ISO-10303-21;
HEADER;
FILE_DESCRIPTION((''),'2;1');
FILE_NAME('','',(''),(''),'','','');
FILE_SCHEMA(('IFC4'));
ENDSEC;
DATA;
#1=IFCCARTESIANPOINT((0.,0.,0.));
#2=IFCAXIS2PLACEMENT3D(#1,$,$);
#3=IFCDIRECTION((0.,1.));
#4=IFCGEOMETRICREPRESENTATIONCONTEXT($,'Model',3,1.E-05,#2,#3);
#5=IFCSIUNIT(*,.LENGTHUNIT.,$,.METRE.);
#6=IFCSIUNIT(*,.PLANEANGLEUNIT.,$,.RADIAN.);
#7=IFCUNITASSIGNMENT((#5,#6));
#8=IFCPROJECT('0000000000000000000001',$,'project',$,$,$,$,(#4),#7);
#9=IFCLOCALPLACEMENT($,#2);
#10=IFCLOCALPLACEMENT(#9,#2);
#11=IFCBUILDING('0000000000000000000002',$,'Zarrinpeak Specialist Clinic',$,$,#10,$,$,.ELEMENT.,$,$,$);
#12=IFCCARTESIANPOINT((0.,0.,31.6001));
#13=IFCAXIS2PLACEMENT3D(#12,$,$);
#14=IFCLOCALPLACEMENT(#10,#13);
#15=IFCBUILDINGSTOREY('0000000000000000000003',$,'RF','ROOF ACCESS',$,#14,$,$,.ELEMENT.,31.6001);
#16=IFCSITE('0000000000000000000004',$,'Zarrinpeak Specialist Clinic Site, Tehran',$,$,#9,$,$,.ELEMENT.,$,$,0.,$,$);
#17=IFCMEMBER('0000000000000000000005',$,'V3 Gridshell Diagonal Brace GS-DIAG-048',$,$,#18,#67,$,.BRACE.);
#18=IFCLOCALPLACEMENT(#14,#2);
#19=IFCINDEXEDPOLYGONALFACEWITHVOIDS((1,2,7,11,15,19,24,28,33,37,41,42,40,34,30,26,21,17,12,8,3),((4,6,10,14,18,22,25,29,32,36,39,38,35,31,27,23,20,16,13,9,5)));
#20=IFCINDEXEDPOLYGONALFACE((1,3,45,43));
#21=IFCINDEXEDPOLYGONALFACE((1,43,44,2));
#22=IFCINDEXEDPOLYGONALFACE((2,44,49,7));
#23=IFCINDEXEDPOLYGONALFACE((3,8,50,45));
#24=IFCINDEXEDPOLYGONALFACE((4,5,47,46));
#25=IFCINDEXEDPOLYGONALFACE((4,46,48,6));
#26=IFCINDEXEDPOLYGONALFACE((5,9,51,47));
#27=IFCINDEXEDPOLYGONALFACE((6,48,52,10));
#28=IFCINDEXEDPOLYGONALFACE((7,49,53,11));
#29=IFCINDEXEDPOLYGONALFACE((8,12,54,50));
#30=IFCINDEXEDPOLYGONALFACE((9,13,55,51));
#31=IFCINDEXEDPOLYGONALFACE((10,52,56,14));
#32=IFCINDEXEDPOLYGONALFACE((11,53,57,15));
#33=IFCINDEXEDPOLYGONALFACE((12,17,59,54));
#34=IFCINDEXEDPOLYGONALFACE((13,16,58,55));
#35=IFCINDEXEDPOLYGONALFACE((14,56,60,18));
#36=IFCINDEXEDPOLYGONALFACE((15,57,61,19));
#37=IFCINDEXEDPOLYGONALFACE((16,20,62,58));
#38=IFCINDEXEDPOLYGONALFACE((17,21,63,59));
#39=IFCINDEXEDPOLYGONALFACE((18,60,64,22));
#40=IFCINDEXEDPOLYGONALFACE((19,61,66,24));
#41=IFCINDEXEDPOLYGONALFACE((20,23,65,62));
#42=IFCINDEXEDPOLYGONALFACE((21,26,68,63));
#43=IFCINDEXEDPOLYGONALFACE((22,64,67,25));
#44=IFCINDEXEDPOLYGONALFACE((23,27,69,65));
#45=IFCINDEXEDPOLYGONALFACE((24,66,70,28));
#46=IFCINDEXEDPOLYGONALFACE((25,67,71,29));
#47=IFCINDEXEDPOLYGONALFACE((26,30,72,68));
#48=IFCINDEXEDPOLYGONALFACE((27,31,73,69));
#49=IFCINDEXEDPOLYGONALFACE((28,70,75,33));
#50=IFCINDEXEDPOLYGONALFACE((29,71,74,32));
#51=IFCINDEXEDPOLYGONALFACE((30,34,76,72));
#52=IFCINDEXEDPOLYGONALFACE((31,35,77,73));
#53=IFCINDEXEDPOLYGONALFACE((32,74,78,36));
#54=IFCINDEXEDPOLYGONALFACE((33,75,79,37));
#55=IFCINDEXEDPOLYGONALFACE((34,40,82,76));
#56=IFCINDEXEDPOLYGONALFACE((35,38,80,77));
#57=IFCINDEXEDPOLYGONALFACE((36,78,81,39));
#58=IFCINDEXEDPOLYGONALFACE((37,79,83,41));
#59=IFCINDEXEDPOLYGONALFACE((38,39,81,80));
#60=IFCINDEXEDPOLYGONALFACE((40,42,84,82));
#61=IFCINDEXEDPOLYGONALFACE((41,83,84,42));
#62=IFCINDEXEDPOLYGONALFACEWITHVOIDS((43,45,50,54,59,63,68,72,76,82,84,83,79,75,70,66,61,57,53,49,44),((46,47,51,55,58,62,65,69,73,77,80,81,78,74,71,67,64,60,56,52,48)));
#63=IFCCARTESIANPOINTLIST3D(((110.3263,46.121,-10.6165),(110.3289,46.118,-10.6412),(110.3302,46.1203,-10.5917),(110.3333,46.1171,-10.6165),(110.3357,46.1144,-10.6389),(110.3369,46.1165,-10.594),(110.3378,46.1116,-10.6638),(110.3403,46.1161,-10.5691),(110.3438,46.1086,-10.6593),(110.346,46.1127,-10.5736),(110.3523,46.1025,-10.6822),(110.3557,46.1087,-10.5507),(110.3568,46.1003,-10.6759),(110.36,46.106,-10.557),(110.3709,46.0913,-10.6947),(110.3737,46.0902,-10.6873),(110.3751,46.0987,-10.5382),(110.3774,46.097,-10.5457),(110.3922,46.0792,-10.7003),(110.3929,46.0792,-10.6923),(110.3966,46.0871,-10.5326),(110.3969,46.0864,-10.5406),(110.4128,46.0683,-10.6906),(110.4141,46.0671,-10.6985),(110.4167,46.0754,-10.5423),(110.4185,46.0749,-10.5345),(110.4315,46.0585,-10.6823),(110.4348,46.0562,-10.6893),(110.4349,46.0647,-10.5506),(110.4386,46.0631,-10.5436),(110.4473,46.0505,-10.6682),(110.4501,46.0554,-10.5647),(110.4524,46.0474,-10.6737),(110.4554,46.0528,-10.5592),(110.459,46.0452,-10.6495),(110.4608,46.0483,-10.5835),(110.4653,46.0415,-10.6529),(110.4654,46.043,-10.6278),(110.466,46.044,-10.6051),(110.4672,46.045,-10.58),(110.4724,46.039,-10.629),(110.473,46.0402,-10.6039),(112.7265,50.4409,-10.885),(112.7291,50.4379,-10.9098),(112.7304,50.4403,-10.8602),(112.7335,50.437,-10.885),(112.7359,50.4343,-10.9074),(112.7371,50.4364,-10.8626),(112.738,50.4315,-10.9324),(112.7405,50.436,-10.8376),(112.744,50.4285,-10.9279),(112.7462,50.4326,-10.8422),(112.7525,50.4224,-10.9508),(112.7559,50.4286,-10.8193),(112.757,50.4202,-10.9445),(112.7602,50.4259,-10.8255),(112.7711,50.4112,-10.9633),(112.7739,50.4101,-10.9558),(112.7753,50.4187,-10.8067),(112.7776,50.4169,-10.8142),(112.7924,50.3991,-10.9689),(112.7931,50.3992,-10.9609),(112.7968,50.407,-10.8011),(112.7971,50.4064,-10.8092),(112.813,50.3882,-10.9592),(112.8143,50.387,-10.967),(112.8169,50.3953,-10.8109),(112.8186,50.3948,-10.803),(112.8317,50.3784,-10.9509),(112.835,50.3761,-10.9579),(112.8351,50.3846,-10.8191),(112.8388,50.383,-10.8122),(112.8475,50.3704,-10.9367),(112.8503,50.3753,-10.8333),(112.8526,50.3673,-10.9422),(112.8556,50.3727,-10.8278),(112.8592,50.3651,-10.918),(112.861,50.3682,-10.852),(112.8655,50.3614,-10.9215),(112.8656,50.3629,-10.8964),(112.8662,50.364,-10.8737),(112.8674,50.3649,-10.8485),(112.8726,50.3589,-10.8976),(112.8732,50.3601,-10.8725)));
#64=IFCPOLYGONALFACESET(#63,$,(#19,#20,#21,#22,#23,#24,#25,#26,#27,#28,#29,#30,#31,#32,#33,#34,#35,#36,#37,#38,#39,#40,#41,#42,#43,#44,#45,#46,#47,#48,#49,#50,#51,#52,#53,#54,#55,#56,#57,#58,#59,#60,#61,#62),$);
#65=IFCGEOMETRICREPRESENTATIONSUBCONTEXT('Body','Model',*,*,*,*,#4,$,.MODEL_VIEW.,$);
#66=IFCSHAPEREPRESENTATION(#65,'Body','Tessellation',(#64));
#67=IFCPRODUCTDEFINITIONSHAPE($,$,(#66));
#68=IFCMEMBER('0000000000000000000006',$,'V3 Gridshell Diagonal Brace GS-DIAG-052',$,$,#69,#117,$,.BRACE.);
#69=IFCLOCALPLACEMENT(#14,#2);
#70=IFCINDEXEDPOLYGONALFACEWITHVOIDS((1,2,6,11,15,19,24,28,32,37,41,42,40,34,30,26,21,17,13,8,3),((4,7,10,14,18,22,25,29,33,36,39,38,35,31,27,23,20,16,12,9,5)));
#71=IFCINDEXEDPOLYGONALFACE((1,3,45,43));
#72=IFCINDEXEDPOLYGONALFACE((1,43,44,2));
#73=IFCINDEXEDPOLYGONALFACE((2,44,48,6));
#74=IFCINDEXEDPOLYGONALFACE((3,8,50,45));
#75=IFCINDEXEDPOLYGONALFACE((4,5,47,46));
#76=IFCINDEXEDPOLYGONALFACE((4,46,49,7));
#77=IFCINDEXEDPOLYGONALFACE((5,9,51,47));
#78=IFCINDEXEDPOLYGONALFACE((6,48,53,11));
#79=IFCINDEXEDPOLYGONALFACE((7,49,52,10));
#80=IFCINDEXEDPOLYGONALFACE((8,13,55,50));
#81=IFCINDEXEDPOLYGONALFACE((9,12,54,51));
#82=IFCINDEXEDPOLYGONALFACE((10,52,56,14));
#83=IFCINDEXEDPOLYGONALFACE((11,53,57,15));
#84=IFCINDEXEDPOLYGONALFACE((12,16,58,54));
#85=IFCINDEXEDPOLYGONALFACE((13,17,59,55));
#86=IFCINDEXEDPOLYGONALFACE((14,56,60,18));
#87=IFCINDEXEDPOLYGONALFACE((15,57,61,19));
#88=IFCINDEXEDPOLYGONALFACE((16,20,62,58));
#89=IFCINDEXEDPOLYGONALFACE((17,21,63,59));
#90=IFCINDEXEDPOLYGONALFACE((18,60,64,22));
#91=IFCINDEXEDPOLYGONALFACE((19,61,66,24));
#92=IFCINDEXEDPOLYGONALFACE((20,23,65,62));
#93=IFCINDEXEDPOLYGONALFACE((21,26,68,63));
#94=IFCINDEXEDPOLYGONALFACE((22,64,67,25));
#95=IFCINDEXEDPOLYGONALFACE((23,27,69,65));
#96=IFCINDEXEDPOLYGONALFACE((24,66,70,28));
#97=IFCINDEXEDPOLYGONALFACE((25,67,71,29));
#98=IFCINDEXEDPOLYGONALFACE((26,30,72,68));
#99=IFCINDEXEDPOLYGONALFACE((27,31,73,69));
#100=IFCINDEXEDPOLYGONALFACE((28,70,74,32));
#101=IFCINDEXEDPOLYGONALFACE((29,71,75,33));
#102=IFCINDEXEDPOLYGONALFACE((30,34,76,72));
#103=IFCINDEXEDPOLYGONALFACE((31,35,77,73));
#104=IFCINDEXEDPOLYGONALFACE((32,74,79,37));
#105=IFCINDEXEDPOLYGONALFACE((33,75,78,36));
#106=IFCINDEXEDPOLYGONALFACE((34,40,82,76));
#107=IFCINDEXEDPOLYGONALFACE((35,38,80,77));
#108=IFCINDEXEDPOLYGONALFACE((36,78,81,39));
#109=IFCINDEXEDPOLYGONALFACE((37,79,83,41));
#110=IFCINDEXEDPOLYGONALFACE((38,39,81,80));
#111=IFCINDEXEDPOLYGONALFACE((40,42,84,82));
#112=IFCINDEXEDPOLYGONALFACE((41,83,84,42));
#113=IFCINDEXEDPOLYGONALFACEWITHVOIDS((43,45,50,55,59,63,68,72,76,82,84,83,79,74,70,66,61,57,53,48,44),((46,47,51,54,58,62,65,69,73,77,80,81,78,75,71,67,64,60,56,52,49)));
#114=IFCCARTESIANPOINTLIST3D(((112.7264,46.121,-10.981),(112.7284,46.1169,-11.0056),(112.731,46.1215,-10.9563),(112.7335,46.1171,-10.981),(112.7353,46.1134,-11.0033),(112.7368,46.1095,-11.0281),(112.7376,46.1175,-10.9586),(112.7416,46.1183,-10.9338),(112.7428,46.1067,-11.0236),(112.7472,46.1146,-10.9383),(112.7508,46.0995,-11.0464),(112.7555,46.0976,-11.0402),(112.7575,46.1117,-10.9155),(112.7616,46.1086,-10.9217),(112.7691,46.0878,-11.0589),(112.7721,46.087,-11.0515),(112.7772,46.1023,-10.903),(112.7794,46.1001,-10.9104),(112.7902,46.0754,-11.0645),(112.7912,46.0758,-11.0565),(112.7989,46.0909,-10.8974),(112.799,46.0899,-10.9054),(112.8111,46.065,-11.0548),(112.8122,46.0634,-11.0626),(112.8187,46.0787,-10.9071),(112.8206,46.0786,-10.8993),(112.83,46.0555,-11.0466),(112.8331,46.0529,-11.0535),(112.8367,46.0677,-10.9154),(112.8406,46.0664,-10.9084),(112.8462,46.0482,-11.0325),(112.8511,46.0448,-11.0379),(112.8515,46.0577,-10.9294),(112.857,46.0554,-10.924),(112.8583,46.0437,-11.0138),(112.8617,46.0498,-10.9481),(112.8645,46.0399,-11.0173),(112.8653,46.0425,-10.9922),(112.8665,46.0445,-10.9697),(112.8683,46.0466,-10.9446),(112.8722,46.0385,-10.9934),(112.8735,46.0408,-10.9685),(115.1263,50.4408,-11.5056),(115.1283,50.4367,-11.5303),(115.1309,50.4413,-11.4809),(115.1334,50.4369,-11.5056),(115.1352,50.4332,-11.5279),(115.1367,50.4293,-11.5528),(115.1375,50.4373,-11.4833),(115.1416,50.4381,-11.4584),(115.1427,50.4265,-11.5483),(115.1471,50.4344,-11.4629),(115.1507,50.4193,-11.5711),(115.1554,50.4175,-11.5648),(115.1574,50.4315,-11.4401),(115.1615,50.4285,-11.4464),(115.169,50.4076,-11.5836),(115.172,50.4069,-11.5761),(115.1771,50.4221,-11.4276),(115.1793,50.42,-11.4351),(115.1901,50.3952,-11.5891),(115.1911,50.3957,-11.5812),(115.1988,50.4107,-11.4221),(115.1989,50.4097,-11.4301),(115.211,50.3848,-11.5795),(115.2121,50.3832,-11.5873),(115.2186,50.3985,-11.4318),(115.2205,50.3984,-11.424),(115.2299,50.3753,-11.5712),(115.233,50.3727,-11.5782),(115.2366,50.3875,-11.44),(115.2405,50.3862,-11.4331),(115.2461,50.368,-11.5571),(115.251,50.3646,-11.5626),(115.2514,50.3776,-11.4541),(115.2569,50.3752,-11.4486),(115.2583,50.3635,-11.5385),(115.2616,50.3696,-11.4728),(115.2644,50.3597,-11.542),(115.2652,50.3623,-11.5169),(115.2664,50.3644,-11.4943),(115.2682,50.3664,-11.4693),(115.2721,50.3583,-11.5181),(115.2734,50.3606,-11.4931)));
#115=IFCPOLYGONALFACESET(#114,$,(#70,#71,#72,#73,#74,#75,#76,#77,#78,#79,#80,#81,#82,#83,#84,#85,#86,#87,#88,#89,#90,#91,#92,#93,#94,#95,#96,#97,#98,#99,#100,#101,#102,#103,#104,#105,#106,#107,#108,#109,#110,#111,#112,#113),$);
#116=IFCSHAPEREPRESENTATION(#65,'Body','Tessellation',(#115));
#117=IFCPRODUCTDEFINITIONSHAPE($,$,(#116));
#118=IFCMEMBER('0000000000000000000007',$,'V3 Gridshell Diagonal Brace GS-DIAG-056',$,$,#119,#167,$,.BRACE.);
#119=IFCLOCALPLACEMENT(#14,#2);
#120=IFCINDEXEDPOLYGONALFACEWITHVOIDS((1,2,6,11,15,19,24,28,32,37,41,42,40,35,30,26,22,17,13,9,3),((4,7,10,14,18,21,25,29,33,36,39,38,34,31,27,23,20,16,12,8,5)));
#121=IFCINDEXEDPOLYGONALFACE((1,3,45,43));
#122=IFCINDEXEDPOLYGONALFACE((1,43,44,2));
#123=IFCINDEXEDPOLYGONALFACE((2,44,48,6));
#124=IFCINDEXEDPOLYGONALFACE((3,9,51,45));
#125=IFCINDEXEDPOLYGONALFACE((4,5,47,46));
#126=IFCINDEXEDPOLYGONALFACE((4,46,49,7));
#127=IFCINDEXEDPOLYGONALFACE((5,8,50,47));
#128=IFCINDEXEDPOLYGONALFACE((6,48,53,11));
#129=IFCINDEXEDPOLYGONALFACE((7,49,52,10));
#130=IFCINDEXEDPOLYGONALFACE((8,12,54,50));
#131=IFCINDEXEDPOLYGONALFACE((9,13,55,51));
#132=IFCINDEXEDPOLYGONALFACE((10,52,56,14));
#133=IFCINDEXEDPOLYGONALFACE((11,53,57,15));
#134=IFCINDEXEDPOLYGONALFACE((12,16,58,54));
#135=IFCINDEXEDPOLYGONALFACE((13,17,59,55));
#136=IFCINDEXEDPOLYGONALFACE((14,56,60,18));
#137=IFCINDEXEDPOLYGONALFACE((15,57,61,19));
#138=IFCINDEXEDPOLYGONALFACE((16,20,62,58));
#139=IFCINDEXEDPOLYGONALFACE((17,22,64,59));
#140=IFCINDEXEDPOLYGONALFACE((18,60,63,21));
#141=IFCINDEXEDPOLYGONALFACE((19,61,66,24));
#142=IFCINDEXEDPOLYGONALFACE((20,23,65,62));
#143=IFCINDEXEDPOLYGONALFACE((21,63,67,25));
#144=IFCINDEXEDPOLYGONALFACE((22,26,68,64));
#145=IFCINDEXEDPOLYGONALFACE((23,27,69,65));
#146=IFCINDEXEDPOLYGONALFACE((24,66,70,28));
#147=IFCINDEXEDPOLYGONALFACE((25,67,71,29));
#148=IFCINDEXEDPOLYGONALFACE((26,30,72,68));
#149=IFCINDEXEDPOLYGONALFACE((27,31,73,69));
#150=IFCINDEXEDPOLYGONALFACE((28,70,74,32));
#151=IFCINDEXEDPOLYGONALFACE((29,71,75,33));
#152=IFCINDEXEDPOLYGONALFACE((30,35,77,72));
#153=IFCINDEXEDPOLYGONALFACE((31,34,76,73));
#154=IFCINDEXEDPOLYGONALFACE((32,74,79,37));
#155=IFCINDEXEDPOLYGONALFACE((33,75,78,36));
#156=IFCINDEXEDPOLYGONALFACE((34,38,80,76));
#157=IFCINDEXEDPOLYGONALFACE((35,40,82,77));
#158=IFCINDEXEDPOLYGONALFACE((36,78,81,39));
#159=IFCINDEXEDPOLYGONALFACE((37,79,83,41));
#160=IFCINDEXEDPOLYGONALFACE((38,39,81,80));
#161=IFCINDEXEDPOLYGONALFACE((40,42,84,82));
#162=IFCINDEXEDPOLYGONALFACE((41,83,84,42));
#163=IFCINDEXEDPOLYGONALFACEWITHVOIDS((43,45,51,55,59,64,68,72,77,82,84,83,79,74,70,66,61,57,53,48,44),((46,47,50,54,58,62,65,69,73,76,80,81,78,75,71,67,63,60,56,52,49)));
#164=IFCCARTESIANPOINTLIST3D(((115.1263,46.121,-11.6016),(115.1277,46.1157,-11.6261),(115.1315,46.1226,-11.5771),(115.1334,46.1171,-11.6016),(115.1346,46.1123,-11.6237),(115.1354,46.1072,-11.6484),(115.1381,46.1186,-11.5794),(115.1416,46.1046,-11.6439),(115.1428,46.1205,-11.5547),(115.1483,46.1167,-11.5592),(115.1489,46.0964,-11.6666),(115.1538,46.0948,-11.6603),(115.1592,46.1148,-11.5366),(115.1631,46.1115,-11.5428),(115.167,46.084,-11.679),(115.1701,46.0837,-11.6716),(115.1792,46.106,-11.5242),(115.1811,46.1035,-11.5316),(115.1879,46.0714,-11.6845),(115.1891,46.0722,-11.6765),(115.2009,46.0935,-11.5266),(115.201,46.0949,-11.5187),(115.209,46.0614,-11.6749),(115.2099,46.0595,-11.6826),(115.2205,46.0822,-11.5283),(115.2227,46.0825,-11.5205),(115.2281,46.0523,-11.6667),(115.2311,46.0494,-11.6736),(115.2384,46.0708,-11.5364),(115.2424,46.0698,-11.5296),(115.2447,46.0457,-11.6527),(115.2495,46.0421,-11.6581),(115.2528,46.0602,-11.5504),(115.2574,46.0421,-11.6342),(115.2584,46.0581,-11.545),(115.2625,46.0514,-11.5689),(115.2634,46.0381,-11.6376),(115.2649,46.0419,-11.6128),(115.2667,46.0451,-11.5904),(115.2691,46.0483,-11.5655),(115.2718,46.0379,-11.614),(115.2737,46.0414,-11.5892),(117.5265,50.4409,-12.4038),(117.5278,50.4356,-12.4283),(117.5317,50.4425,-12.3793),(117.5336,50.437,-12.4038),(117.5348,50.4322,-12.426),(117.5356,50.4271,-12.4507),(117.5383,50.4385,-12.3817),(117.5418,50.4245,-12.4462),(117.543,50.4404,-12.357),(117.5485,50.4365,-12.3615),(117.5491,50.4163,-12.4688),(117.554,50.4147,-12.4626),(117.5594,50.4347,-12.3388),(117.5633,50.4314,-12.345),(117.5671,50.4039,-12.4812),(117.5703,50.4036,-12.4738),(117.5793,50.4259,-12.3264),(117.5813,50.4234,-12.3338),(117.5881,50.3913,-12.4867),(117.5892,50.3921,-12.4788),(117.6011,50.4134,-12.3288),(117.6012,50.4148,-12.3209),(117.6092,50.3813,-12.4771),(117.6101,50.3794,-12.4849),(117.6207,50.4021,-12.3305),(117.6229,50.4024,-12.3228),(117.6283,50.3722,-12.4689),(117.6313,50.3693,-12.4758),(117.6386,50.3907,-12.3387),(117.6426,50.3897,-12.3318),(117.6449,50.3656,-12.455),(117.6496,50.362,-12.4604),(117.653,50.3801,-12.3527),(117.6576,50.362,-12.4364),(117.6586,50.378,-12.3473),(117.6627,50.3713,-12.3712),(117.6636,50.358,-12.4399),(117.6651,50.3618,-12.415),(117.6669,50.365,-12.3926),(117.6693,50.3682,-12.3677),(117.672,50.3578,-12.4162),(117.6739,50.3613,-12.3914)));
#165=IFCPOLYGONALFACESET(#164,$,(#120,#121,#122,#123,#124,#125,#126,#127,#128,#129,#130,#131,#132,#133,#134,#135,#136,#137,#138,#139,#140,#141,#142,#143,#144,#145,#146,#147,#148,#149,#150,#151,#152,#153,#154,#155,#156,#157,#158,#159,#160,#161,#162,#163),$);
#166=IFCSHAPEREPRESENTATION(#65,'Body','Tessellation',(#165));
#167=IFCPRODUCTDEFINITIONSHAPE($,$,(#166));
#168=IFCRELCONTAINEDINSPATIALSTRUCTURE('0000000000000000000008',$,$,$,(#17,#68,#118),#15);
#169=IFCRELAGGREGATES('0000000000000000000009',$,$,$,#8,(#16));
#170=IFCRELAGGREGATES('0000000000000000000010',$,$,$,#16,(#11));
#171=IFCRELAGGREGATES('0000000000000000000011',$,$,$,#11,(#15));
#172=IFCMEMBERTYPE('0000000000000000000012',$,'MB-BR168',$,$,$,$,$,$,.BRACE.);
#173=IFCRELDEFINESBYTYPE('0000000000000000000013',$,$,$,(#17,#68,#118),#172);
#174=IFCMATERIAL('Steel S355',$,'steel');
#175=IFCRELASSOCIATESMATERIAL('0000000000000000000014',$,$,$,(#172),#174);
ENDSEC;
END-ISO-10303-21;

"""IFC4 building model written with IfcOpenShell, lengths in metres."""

from ifc_helpers import new_model, si_unit, direction, frame, origin, origin_2d, place, context, subcontext, project, spatial, hollow_circle, extrude, material, material_profile, profile_set, type_object, element, save


model = new_model("IFC4")

# Units and contexts
model_context = context("Model", 3, precision=1e-05, world=origin(), true_north=direction((0.0, 1.0)))
body_context = subcontext(model_context, "Body", "Model", "MODEL_VIEW")
ifc_project = project(units=[si_unit("LENGTHUNIT", "METRE"), si_unit("PLANEANGLEUNIT", "RADIAN")], contexts=[model_context])

# Site, building, storey
site_placement = place(None, origin())
site = spatial("IfcSite", under=ifc_project, at=site_placement, Name="Zarrinpeak Specialist Clinic Site, Tehran", CompositionType="ELEMENT", RefElevation=0.0)
building_placement = place(site_placement, origin())
building = spatial("IfcBuilding", under=site, at=building_placement, Name="Zarrinpeak Specialist Clinic", CompositionType="ELEMENT")
storey_placement = place(building_placement, frame((0.0, 0.0, 31.6001)))
storey = spatial("IfcBuildingStorey", under=building, at=storey_placement, Name="RF", Description="ROOF ACCESS", CompositionType="ELEMENT", Elevation=31.6001)

# Members
ifc_material_1 = material(Name="Steel S355", Category="steel")
ifc_material_profile_1 = material_profile(ifc_material_1, hollow_circle(Radius=0.0842, WallThickness=0.0081, at=origin_2d()), Name="CHS 168.3x8.0")
ifc_profile_set_1 = profile_set([ifc_material_profile_1], Name="Steel S355")
member_type_1 = type_object("IfcMemberType", Name="MB-BR168", PredefinedType="BRACE", material=ifc_profile_set_1)
member_1_placement = place(storey_placement, frame((110.3999, 46.0801, -10.6165), z_axis=(0.484965, 0.872848, -0.054263), x_axis=(-0.874136, 0.485681, 0.0)))
element("IfcMember", 1, at=member_1_placement, inside=storey, type_object=member_type_1, Name="V3 Gridshell Diagonal Brace GS-DIAG-048", PredefinedType="BRACE", context=body_context, shape_type="SweptSolid", body=[
    extrude(hollow_circle(Radius=0.0842, WallThickness=0.0081, at=origin_2d()), origin(), (0.0, 0.0, 1.0), 4.9492),
])
member_2_placement = place(storey_placement, frame((112.8, 46.0801, -10.981), z_axis=(0.482929, 0.869272, -0.105576), x_axis=(-0.874157, 0.485643, 0.0)))
element("IfcMember", 2, at=member_2_placement, inside=storey, type_object=member_type_1, Name="V3 Gridshell Diagonal Brace GS-DIAG-052", PredefinedType="BRACE", context=body_context, shape_type="SweptSolid", body=[
    extrude(hollow_circle(Radius=0.0842, WallThickness=0.0081, at=origin_2d()), origin(), (0.0, 0.0, 1.0), 4.9695),
])
member_3_placement = place(storey_placement, frame((115.2, 46.0801, -11.6016), z_axis=(0.479405, 0.862841, -0.16024), x_axis=(-0.874136, 0.485681, 0.0)))
element("IfcMember", 3, at=member_3_placement, inside=storey, type_object=member_type_1, Name="V3 Gridshell Diagonal Brace GS-DIAG-056", PredefinedType="BRACE", context=body_context, shape_type="SweptSolid", body=[
    extrude(hollow_circle(Radius=0.0842, WallThickness=0.0081, at=origin_2d()), origin(), (0.0, 0.0, 1.0), 5.0066),
])

save(model, "model.ifc")
